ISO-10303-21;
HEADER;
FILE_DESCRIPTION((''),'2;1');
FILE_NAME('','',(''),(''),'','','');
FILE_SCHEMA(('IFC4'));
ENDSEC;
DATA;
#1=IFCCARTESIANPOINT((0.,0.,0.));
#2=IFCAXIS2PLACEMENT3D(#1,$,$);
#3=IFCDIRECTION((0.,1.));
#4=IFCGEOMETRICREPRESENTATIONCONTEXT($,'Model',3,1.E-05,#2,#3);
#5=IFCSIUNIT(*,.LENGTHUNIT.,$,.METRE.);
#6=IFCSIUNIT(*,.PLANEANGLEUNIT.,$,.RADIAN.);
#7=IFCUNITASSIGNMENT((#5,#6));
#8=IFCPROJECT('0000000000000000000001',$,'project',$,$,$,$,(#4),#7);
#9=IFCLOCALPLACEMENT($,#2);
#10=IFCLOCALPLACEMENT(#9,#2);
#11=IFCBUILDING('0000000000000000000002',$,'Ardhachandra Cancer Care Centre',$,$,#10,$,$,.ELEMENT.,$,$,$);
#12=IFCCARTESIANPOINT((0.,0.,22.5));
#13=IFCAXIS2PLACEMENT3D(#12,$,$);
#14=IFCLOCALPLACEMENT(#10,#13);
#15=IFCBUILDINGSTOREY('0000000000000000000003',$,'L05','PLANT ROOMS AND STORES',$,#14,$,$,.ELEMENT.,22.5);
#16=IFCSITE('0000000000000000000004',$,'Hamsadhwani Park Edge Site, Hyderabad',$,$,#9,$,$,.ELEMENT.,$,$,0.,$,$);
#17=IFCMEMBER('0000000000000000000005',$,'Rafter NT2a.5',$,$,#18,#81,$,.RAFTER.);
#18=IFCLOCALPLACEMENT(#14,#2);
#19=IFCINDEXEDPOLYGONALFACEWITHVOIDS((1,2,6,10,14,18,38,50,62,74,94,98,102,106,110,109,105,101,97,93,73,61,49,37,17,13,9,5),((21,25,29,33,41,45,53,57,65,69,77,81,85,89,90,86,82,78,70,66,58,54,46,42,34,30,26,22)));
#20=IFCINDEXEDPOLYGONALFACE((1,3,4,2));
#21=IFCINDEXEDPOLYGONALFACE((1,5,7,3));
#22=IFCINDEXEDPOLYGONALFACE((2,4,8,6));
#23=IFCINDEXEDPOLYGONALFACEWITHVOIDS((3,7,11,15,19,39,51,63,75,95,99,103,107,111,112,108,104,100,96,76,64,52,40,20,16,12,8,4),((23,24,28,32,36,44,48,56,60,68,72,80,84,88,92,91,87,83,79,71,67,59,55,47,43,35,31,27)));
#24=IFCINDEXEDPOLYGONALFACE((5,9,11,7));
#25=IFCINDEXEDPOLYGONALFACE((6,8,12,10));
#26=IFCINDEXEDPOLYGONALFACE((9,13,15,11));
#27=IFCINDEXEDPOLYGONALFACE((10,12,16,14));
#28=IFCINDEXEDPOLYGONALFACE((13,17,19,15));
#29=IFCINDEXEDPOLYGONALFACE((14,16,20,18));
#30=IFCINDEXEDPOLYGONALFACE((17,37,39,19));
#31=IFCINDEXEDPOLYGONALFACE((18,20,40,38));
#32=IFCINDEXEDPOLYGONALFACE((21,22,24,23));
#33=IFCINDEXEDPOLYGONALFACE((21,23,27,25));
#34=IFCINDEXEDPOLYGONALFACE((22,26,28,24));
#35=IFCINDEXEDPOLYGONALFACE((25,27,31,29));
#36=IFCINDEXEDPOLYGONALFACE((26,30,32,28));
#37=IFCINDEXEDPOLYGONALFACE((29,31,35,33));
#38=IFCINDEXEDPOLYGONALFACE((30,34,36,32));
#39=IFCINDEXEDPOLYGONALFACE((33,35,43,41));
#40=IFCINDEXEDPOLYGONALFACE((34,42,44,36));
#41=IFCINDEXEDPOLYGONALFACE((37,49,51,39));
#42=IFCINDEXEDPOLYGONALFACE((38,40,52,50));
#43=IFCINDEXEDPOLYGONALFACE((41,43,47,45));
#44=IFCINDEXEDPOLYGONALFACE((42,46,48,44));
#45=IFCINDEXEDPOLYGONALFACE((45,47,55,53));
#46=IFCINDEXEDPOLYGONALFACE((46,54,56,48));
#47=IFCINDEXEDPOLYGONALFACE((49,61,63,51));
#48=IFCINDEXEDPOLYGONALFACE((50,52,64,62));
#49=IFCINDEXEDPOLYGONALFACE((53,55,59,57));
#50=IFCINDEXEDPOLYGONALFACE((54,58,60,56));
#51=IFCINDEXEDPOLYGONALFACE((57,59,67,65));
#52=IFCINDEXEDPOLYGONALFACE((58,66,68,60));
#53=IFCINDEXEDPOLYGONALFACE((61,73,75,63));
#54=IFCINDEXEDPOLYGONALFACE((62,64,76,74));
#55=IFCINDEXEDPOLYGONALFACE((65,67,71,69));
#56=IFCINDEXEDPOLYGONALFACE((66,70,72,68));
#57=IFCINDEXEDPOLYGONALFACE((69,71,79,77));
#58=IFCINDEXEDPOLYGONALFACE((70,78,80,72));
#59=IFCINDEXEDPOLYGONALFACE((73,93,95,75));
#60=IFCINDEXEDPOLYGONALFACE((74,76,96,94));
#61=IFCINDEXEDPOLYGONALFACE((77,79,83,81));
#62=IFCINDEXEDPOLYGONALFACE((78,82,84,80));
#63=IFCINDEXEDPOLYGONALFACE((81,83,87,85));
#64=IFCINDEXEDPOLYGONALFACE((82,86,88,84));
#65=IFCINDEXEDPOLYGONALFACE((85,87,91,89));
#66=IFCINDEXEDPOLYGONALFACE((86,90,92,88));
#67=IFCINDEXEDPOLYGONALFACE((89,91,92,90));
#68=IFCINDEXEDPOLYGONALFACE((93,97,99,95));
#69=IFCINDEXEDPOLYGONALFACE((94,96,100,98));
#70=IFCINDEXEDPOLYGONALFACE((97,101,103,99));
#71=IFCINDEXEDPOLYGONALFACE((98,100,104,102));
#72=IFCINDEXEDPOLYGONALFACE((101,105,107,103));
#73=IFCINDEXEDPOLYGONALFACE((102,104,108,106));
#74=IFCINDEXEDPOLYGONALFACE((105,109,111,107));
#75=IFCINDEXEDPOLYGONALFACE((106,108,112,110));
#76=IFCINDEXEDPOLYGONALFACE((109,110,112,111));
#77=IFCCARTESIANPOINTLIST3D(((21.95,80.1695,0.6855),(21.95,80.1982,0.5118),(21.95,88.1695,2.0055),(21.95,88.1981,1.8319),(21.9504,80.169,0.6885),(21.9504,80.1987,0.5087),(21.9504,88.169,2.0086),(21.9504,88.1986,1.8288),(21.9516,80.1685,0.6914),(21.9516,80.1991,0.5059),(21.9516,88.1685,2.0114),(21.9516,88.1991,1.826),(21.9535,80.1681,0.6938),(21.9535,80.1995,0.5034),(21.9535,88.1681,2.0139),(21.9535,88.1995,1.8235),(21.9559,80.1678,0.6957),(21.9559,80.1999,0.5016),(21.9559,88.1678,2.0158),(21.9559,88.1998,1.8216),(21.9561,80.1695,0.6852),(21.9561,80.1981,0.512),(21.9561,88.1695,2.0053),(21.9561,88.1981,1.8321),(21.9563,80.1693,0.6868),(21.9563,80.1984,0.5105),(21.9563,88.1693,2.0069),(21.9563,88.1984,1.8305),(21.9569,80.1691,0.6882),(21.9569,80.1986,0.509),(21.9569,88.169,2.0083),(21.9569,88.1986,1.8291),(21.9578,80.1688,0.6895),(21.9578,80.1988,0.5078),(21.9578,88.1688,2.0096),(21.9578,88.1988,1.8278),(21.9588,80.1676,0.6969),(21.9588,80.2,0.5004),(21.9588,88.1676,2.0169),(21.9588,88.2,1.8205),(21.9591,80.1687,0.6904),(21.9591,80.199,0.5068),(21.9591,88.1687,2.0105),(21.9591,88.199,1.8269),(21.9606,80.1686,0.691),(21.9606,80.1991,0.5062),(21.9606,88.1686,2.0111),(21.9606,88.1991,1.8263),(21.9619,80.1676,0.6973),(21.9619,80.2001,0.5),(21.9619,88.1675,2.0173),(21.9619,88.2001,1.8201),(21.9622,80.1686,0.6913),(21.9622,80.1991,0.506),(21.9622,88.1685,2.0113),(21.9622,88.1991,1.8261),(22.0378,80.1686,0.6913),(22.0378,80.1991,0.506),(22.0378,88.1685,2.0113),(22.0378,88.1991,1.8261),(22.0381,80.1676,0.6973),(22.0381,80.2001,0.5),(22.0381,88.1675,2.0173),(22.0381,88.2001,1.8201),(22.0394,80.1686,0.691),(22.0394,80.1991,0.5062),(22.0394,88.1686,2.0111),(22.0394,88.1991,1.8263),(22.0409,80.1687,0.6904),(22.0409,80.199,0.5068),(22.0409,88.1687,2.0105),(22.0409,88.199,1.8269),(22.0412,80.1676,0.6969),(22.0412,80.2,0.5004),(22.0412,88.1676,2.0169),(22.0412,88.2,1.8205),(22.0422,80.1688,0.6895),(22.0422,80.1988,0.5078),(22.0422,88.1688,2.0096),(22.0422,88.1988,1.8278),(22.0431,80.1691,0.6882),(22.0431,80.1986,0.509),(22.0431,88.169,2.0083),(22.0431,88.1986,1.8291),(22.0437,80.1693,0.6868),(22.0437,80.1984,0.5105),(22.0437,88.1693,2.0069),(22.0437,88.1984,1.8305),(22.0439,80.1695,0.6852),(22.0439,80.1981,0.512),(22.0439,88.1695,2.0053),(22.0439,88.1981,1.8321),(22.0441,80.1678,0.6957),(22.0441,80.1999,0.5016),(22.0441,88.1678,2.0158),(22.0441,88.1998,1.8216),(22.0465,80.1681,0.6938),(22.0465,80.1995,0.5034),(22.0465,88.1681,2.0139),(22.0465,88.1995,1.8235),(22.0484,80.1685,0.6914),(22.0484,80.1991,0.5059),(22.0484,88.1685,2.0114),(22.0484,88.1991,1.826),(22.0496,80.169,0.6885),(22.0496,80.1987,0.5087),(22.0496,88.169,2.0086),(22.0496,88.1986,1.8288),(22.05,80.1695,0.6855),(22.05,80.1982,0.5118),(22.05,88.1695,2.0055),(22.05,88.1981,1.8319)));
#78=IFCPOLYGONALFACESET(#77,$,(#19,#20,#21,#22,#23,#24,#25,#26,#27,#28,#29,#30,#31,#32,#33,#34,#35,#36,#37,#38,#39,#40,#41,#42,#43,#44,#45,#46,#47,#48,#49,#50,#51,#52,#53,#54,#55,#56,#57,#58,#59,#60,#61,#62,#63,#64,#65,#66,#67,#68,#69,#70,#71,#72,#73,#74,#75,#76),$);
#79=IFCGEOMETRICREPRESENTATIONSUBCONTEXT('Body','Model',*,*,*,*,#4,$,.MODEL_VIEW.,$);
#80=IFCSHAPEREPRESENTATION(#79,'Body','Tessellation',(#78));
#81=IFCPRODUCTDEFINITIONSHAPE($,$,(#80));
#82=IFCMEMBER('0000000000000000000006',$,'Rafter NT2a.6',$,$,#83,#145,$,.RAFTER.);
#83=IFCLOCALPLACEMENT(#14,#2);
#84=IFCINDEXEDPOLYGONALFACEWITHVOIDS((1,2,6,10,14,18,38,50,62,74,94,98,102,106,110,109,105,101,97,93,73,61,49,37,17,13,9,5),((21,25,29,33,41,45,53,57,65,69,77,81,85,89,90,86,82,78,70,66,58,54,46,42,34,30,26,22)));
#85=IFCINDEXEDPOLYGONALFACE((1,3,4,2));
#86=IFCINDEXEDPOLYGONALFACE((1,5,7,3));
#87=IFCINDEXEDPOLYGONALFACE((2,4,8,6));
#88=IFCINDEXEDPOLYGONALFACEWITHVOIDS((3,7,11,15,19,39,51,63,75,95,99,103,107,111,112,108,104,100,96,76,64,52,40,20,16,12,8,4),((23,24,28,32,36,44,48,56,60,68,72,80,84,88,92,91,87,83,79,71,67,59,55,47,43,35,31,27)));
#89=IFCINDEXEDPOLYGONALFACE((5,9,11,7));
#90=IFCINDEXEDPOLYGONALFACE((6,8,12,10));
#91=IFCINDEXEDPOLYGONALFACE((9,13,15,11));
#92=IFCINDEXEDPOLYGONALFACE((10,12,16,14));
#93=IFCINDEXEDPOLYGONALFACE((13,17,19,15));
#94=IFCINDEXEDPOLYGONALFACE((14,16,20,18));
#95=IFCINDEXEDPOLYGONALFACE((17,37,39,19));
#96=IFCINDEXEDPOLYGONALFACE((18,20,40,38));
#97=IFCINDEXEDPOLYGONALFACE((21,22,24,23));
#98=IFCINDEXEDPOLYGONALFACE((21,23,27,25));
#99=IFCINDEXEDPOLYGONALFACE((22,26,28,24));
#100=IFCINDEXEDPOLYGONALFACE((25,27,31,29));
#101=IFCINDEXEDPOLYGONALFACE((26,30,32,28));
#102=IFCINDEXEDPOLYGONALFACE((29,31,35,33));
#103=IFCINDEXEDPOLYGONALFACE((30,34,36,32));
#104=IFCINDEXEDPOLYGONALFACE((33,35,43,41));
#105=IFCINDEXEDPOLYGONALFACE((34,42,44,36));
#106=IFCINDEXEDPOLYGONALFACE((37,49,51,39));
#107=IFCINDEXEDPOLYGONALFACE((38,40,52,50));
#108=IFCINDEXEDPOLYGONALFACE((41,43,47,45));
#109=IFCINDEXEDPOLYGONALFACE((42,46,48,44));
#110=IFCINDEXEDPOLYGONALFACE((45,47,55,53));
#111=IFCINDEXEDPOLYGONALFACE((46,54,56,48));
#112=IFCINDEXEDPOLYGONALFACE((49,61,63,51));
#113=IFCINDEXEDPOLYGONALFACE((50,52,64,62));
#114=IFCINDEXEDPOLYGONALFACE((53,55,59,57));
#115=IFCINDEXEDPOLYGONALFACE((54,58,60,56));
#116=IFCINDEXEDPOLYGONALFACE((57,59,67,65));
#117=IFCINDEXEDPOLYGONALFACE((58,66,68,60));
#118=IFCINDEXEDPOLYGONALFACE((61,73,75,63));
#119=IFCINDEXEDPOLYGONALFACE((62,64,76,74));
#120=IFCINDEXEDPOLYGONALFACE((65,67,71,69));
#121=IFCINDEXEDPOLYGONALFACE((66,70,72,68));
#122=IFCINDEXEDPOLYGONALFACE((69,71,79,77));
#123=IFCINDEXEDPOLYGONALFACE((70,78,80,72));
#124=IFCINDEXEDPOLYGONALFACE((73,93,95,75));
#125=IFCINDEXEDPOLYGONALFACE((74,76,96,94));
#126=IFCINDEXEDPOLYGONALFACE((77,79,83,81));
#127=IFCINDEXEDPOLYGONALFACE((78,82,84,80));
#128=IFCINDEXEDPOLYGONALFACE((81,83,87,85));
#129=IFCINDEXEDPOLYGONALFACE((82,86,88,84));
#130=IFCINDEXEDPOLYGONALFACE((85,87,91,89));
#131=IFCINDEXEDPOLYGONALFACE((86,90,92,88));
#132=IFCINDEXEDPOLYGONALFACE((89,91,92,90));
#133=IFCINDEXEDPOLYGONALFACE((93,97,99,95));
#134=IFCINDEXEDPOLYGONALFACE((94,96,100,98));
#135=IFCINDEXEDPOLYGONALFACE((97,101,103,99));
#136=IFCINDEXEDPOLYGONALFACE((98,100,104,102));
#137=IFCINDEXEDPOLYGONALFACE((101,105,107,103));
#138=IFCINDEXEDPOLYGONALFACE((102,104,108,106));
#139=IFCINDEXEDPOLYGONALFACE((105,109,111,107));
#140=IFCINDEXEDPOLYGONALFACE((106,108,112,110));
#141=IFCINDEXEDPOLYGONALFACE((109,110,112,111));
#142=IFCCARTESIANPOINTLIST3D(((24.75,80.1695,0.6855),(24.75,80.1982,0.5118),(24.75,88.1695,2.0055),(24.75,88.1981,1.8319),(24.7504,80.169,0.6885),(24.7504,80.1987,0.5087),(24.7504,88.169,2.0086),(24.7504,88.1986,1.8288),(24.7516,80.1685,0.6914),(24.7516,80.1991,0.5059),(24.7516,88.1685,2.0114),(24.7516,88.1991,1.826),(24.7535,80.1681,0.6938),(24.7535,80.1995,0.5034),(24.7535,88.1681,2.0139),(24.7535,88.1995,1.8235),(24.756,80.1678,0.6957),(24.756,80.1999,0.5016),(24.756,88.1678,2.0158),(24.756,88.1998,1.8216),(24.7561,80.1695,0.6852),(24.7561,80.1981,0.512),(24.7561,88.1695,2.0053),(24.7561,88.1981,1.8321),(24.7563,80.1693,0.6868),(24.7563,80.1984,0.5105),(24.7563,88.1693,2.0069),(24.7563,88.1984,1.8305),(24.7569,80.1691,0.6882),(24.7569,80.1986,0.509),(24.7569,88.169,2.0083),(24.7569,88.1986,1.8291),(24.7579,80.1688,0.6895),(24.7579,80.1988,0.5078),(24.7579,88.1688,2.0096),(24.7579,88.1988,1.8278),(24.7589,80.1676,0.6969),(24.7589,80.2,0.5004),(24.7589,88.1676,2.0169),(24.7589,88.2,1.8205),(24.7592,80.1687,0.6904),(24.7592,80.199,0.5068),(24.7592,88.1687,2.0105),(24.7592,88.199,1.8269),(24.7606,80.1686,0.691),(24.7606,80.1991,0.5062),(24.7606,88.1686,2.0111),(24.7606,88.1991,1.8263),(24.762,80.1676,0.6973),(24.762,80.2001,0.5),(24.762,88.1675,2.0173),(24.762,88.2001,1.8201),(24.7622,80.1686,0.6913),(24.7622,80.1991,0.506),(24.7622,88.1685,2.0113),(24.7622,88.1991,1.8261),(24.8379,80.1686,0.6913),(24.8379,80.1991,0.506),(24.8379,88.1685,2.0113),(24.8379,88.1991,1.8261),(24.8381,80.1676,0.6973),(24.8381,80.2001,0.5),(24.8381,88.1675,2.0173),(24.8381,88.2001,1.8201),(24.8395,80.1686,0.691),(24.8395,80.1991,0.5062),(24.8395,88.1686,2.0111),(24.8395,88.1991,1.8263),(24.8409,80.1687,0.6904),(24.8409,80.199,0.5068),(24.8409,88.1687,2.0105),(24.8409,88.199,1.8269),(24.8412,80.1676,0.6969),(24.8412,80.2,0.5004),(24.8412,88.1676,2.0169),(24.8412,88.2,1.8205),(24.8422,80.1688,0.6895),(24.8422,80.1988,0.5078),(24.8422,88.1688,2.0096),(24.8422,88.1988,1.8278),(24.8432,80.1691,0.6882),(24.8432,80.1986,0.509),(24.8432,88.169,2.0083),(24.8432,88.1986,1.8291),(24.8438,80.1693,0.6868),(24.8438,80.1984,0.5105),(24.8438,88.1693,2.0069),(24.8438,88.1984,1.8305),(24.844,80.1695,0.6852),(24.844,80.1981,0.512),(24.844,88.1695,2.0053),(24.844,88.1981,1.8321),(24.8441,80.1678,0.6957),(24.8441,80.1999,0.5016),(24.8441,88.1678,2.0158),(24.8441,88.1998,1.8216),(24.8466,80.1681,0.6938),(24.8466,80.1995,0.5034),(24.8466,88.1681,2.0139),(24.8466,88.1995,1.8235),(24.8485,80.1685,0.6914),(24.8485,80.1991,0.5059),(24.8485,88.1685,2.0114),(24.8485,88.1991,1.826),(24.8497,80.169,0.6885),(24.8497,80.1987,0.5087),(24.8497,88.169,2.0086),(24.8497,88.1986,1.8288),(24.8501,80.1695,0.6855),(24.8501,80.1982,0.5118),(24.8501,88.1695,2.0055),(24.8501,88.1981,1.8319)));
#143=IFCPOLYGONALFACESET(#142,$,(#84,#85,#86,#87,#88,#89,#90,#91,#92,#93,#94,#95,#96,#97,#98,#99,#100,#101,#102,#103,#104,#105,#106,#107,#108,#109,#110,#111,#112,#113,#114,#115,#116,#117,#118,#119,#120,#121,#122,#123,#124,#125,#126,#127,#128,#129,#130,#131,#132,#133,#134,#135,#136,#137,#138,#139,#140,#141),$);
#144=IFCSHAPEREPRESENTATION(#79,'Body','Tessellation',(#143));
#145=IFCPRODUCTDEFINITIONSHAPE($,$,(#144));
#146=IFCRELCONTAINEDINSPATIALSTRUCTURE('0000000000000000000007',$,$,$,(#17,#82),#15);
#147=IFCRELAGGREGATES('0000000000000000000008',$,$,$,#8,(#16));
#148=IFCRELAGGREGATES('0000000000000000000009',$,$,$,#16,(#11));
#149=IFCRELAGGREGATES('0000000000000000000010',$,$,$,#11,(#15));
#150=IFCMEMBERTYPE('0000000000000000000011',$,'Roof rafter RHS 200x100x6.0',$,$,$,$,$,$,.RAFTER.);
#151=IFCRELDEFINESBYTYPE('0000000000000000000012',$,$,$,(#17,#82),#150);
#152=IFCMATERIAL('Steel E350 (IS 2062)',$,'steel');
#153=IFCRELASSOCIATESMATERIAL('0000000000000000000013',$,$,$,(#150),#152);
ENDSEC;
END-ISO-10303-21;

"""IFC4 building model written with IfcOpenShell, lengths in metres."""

from ifc_helpers import new_model, si_unit, direction, frame, origin, origin_2d, place, context, subcontext, project, spatial, hollow_rectangle, extrude, material, material_profile, profile_set, type_object, element, save


model = new_model("IFC4")

# Units and contexts
model_context = context("Model", 3, precision=1e-05, world=origin(), true_north=direction((0.0, 1.0)))
body_context = subcontext(model_context, "Body", "Model", "MODEL_VIEW")
ifc_project = project(units=[si_unit("LENGTHUNIT", "METRE"), si_unit("PLANEANGLEUNIT", "RADIAN")], contexts=[model_context])

# Site, building, storey
site_placement = place(None, origin())
site = spatial("IfcSite", under=ifc_project, at=site_placement, Name="Hamsadhwani Park Edge Site, Hyderabad", CompositionType="ELEMENT", RefElevation=0.0)
building_placement = place(site_placement, origin())
building = spatial("IfcBuilding", under=site, at=building_placement, Name="Ardhachandra Cancer Care Centre", CompositionType="ELEMENT")
storey_placement = place(building_placement, frame((0.0, 0.0, 22.5)))
storey = spatial("IfcBuildingStorey", under=building, at=storey_placement, Name="L05", Description="PLANT ROOMS AND STORES", CompositionType="ELEMENT", Elevation=22.5)

# Members
ifc_material_1 = material(Name="Steel E350 (IS 2062)", Category="steel")
ifc_material_profile_1 = material_profile(ifc_material_1, hollow_rectangle(XDim=0.1001, YDim=0.2, WallThickness=0.0061, InnerFilletRadius=0.0061, OuterFilletRadius=0.012, at=origin_2d()), Name="RHS 200x100x6.0")
ifc_profile_set_1 = profile_set([ifc_material_profile_1], Name="Steel E350 (IS 2062)")
member_type_1 = type_object("IfcMemberType", Name="Roof rafter RHS 200x100x6.0", PredefinedType="RAFTER", material=ifc_profile_set_1)
for number, where, z_axis, x_axis, name in (
    (1, (22.0, 80.1838, 0.5986), (0.0, 0.986658, 0.162807), (-1.0, 0.0, 0.0), "Rafter NT2a.5"),
    (2, (24.8, 80.1838, 0.5986), (0.0, 0.986658, 0.162807), (-1.0, 0.0, 0.0), "Rafter NT2a.6"),
):
    element("IfcMember", number, at=place(storey_placement, frame(where, z_axis=z_axis, x_axis=x_axis)), inside=storey, type_object=member_type_1, Name=name, PredefinedType="RAFTER", context=body_context, shape_type="SweptSolid", body=[
        extrude(hollow_rectangle(XDim=0.1001, YDim=0.2, WallThickness=0.0061, InnerFilletRadius=0.0061, OuterFilletRadius=0.012, at=origin_2d()), origin(), (0.0, 0.0, 1.0), 8.1082),
    ])

save(model, "model.ifc")
